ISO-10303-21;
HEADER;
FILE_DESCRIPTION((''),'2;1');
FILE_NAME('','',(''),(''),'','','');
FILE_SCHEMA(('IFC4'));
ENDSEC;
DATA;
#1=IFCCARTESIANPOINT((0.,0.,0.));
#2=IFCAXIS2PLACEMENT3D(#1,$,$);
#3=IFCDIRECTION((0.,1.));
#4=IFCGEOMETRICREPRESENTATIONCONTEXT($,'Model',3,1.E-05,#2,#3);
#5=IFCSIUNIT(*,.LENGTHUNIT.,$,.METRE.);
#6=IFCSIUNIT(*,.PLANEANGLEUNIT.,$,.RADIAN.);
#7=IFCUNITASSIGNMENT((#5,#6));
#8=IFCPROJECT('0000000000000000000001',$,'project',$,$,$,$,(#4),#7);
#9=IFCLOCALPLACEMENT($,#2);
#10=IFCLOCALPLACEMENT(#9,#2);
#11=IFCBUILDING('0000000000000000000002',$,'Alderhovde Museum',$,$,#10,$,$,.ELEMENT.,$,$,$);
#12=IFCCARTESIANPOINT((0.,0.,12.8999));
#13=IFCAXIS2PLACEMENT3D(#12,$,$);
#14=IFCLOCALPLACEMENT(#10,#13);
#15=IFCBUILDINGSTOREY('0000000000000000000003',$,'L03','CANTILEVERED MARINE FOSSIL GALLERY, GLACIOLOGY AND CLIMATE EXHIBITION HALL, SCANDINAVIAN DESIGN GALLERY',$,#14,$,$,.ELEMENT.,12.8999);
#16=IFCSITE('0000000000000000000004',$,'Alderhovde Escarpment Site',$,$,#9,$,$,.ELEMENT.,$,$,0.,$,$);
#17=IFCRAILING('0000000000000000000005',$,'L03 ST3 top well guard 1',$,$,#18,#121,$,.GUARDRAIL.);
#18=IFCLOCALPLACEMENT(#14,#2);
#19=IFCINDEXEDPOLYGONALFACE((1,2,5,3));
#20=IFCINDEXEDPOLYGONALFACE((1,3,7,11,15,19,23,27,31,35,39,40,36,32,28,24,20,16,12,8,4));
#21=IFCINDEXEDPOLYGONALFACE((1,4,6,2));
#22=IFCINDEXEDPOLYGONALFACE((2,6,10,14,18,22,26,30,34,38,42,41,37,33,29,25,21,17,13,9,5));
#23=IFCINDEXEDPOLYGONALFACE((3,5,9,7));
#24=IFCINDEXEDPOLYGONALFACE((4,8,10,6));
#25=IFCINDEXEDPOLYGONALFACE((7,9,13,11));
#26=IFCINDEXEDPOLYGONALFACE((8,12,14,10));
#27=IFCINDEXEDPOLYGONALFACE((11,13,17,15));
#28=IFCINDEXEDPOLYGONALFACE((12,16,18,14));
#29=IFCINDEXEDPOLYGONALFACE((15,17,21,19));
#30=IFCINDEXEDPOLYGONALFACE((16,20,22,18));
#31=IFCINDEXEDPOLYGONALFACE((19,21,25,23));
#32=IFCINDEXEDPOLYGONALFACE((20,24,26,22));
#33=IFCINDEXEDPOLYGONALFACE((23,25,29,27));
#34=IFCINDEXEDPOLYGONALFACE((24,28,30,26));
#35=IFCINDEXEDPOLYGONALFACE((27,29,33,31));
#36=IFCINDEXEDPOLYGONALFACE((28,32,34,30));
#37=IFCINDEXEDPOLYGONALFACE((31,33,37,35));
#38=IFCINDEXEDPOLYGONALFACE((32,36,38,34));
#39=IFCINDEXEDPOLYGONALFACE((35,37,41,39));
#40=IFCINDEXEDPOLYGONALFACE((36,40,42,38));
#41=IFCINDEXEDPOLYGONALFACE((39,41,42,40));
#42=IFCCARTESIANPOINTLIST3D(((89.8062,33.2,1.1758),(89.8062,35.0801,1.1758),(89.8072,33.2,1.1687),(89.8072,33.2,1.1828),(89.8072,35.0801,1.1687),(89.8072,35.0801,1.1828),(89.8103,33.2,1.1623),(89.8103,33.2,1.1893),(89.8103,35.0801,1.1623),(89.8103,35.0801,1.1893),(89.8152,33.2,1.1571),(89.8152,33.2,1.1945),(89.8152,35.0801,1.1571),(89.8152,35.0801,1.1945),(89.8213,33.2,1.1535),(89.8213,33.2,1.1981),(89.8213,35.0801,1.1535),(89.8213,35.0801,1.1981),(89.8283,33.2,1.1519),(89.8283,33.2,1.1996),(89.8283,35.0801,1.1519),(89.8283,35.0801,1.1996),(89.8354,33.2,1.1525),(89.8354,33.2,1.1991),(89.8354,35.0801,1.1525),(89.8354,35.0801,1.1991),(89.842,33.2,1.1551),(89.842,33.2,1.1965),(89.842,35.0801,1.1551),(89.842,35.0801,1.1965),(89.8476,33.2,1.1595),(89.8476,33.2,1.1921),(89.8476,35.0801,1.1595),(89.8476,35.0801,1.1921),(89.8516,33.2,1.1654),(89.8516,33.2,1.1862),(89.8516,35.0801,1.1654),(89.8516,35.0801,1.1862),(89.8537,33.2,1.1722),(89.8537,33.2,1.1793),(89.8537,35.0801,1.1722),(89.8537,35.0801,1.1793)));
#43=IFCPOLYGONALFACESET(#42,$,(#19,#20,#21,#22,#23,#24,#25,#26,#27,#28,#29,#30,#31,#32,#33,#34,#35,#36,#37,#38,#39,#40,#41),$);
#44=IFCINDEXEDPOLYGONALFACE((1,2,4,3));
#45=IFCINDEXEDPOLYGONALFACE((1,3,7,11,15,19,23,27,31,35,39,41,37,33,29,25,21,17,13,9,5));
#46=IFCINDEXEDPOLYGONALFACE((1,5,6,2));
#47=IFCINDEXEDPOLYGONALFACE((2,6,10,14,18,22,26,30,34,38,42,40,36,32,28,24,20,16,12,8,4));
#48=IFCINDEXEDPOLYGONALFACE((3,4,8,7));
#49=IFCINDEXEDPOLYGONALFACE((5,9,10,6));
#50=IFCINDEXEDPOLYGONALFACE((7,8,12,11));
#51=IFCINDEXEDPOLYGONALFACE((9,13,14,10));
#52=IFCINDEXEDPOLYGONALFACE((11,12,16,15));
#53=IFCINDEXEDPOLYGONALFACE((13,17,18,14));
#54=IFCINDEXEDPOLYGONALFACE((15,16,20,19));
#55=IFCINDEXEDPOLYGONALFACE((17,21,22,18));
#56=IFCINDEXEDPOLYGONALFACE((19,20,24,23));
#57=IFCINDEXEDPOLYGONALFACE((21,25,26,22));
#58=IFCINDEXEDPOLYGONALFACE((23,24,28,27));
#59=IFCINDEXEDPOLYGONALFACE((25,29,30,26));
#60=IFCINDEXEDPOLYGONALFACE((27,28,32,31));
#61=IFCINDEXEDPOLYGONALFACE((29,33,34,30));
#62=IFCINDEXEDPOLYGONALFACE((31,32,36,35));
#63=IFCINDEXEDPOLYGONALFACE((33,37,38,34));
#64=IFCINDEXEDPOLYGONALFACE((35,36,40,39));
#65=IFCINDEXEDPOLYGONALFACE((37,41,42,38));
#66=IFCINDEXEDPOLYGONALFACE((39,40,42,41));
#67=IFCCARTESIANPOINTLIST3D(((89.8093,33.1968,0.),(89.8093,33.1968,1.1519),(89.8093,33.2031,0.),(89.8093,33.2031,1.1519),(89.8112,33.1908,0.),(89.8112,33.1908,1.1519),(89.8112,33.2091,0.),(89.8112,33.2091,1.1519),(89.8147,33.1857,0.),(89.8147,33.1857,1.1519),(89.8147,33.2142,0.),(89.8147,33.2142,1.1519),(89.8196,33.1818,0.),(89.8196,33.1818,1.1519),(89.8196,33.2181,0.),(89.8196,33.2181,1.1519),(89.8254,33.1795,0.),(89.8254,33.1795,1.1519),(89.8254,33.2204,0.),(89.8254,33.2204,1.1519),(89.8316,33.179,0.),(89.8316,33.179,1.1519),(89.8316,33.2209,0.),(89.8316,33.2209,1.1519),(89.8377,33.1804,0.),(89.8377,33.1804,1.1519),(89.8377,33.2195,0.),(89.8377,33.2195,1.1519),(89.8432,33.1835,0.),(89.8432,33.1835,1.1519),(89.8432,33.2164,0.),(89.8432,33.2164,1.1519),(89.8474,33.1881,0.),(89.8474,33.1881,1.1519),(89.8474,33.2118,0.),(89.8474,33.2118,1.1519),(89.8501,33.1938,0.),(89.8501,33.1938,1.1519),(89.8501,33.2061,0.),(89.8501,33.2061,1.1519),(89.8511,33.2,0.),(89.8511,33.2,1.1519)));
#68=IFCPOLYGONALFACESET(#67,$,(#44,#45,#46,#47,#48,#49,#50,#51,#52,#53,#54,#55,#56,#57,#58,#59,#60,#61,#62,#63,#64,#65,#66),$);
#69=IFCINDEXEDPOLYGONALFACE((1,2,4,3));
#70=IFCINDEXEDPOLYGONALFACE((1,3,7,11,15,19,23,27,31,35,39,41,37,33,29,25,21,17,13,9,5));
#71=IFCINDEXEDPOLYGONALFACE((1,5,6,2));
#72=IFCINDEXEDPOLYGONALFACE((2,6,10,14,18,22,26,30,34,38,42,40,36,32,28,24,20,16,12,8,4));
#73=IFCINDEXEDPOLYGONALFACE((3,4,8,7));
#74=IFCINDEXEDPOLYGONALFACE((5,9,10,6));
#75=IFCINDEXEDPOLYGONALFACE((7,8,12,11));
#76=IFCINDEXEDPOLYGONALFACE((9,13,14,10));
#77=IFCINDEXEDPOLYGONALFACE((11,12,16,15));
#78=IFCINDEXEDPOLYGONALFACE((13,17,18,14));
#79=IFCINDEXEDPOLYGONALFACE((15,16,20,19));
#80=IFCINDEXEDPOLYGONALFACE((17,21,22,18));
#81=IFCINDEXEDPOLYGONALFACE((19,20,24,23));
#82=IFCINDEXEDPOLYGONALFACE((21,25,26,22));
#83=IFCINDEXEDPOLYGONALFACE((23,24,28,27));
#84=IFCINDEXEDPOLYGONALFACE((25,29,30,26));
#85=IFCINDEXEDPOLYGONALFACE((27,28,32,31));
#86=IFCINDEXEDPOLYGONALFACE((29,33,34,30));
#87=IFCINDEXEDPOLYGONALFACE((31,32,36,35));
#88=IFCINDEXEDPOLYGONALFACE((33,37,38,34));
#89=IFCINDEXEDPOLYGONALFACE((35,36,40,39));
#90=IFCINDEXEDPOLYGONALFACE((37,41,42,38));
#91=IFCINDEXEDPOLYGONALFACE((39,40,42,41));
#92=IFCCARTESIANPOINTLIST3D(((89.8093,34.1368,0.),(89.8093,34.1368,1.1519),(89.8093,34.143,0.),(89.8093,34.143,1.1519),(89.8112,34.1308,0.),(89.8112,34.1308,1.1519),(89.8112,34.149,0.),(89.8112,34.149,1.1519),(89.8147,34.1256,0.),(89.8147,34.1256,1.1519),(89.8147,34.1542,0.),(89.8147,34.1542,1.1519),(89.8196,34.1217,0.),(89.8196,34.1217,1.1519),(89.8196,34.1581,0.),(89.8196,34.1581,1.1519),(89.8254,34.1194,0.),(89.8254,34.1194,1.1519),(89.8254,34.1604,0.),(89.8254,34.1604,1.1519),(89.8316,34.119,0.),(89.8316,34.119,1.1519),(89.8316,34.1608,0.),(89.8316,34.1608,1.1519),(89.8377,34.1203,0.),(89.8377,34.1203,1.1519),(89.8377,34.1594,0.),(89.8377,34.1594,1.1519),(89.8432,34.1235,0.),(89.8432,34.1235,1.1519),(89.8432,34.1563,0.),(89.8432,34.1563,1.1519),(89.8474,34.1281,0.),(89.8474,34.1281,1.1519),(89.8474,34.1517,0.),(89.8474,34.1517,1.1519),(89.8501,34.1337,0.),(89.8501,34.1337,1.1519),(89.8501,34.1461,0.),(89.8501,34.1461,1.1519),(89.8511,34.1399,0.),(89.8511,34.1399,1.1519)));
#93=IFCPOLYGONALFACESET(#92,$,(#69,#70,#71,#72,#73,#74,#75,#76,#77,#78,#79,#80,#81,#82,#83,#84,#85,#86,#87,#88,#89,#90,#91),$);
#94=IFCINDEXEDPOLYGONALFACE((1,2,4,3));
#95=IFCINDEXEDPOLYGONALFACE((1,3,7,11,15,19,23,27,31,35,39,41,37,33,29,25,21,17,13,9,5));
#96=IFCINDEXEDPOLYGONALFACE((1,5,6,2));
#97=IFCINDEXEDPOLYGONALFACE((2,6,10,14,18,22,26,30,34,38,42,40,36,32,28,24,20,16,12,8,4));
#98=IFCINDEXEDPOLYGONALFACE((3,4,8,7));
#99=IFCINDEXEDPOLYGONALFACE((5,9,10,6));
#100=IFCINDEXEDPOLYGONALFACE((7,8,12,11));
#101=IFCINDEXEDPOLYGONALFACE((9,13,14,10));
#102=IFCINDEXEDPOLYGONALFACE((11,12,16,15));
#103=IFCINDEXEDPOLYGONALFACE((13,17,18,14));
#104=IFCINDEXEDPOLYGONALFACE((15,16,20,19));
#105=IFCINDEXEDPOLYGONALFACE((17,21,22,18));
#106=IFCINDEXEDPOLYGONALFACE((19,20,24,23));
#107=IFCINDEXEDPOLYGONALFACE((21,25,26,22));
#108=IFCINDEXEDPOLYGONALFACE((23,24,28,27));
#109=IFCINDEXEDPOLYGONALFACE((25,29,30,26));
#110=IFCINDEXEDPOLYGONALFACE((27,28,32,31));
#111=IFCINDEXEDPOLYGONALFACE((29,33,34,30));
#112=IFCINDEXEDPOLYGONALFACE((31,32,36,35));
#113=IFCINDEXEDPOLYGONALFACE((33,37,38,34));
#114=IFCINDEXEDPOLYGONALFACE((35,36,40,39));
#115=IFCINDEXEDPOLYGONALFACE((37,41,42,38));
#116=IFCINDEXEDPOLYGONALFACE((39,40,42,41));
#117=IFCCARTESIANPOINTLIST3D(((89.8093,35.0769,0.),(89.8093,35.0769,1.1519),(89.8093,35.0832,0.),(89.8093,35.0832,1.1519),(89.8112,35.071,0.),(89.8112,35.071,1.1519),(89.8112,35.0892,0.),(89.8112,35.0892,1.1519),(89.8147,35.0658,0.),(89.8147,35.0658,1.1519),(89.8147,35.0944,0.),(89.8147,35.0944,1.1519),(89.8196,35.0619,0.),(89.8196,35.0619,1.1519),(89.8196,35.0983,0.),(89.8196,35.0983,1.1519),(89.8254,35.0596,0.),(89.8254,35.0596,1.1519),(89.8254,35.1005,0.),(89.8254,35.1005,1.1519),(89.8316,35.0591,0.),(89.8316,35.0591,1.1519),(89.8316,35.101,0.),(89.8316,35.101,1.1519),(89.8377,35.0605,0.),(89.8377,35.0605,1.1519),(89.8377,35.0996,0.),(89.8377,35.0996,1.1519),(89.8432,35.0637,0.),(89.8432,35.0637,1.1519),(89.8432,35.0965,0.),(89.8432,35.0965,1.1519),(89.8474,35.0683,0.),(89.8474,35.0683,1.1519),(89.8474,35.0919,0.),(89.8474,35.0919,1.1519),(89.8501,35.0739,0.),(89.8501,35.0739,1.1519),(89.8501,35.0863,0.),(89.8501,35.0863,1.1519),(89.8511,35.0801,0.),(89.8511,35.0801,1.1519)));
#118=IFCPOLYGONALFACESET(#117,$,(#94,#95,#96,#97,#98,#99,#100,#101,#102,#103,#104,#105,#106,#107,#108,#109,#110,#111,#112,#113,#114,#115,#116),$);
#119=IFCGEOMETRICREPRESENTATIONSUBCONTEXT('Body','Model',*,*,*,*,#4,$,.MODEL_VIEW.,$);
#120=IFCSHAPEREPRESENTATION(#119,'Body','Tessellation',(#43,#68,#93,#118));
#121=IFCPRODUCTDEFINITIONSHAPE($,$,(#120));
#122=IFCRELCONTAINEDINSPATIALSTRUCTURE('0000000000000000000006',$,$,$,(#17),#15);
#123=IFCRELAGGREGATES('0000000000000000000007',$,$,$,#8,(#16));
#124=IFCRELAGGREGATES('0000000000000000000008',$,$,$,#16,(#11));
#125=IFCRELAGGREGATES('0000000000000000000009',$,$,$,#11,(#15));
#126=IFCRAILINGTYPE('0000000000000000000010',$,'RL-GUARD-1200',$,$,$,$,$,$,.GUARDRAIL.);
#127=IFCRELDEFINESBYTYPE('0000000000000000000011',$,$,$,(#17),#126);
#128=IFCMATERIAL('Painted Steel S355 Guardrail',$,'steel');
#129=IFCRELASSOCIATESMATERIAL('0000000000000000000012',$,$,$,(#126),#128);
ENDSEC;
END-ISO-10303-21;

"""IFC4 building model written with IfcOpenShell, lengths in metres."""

from ifc_helpers import new_model, si_unit, direction, frame, origin, origin_2d, place, context, subcontext, project, spatial, circle, extrude, material, type_object, element, save


model = new_model("IFC4")

# Units and contexts
model_context = context("Model", 3, precision=1e-05, world=origin(), true_north=direction((0.0, 1.0)))
body_context = subcontext(model_context, "Body", "Model", "MODEL_VIEW")
ifc_project = project(units=[si_unit("LENGTHUNIT", "METRE"), si_unit("PLANEANGLEUNIT", "RADIAN")], contexts=[model_context])

# Site, building, storey
site_placement = place(None, origin())
site = spatial("IfcSite", under=ifc_project, at=site_placement, Name="Alderhovde Escarpment Site", CompositionType="ELEMENT", RefElevation=0.0)
building_placement = place(site_placement, origin())
building = spatial("IfcBuilding", under=site, at=building_placement, Name="Alderhovde Museum", CompositionType="ELEMENT")
storey_placement = place(building_placement, frame((0.0, 0.0, 12.8999)))
storey = spatial("IfcBuildingStorey", under=building, at=storey_placement, Name="L03", Description="CANTILEVERED MARINE FOSSIL GALLERY, GLACIOLOGY AND CLIMATE EXHIBITION HALL, SCANDINAVIAN DESIGN GALLERY", CompositionType="ELEMENT", Elevation=12.8999)

# Railing
ifc_material_1 = material(Name="Painted Steel S355 Guardrail", Category="steel")
railing_type = type_object("IfcRailingType", Name="RL-GUARD-1200", PredefinedType="GUARDRAIL", material=ifc_material_1)
railing_placement = place(storey_placement, frame((89.8301, 33.2, 0.0)))
element("IfcRailing", 1, at=railing_placement, inside=storey, type_object=railing_type, Name="L03 ST3 top well guard 1", PredefinedType="GUARDRAIL", context=body_context, shape_type="SweptSolid", body=[
    extrude(circle(Radius=0.0239, at=origin_2d()), frame((0.0, 0.0, 1.1758), z_axis=(0.0, 1.0, 0.0), x_axis=(-1.0, 0.0, 0.0)), (0.0, 0.0, 1.0), 1.8801),
    extrude(circle(Radius=0.021, at=origin_2d()), origin(), (0.0, 0.0, 1.0), 1.1519),
    extrude(circle(Radius=0.021, at=origin_2d()), frame((0.0, 0.9399, 0.0)), (0.0, 0.0, 1.0), 1.1519),
    extrude(circle(Radius=0.021, at=origin_2d()), frame((0.0, 1.8801, 0.0)), (0.0, 0.0, 1.0), 1.1519),
])

save(model, "model.ifc")
